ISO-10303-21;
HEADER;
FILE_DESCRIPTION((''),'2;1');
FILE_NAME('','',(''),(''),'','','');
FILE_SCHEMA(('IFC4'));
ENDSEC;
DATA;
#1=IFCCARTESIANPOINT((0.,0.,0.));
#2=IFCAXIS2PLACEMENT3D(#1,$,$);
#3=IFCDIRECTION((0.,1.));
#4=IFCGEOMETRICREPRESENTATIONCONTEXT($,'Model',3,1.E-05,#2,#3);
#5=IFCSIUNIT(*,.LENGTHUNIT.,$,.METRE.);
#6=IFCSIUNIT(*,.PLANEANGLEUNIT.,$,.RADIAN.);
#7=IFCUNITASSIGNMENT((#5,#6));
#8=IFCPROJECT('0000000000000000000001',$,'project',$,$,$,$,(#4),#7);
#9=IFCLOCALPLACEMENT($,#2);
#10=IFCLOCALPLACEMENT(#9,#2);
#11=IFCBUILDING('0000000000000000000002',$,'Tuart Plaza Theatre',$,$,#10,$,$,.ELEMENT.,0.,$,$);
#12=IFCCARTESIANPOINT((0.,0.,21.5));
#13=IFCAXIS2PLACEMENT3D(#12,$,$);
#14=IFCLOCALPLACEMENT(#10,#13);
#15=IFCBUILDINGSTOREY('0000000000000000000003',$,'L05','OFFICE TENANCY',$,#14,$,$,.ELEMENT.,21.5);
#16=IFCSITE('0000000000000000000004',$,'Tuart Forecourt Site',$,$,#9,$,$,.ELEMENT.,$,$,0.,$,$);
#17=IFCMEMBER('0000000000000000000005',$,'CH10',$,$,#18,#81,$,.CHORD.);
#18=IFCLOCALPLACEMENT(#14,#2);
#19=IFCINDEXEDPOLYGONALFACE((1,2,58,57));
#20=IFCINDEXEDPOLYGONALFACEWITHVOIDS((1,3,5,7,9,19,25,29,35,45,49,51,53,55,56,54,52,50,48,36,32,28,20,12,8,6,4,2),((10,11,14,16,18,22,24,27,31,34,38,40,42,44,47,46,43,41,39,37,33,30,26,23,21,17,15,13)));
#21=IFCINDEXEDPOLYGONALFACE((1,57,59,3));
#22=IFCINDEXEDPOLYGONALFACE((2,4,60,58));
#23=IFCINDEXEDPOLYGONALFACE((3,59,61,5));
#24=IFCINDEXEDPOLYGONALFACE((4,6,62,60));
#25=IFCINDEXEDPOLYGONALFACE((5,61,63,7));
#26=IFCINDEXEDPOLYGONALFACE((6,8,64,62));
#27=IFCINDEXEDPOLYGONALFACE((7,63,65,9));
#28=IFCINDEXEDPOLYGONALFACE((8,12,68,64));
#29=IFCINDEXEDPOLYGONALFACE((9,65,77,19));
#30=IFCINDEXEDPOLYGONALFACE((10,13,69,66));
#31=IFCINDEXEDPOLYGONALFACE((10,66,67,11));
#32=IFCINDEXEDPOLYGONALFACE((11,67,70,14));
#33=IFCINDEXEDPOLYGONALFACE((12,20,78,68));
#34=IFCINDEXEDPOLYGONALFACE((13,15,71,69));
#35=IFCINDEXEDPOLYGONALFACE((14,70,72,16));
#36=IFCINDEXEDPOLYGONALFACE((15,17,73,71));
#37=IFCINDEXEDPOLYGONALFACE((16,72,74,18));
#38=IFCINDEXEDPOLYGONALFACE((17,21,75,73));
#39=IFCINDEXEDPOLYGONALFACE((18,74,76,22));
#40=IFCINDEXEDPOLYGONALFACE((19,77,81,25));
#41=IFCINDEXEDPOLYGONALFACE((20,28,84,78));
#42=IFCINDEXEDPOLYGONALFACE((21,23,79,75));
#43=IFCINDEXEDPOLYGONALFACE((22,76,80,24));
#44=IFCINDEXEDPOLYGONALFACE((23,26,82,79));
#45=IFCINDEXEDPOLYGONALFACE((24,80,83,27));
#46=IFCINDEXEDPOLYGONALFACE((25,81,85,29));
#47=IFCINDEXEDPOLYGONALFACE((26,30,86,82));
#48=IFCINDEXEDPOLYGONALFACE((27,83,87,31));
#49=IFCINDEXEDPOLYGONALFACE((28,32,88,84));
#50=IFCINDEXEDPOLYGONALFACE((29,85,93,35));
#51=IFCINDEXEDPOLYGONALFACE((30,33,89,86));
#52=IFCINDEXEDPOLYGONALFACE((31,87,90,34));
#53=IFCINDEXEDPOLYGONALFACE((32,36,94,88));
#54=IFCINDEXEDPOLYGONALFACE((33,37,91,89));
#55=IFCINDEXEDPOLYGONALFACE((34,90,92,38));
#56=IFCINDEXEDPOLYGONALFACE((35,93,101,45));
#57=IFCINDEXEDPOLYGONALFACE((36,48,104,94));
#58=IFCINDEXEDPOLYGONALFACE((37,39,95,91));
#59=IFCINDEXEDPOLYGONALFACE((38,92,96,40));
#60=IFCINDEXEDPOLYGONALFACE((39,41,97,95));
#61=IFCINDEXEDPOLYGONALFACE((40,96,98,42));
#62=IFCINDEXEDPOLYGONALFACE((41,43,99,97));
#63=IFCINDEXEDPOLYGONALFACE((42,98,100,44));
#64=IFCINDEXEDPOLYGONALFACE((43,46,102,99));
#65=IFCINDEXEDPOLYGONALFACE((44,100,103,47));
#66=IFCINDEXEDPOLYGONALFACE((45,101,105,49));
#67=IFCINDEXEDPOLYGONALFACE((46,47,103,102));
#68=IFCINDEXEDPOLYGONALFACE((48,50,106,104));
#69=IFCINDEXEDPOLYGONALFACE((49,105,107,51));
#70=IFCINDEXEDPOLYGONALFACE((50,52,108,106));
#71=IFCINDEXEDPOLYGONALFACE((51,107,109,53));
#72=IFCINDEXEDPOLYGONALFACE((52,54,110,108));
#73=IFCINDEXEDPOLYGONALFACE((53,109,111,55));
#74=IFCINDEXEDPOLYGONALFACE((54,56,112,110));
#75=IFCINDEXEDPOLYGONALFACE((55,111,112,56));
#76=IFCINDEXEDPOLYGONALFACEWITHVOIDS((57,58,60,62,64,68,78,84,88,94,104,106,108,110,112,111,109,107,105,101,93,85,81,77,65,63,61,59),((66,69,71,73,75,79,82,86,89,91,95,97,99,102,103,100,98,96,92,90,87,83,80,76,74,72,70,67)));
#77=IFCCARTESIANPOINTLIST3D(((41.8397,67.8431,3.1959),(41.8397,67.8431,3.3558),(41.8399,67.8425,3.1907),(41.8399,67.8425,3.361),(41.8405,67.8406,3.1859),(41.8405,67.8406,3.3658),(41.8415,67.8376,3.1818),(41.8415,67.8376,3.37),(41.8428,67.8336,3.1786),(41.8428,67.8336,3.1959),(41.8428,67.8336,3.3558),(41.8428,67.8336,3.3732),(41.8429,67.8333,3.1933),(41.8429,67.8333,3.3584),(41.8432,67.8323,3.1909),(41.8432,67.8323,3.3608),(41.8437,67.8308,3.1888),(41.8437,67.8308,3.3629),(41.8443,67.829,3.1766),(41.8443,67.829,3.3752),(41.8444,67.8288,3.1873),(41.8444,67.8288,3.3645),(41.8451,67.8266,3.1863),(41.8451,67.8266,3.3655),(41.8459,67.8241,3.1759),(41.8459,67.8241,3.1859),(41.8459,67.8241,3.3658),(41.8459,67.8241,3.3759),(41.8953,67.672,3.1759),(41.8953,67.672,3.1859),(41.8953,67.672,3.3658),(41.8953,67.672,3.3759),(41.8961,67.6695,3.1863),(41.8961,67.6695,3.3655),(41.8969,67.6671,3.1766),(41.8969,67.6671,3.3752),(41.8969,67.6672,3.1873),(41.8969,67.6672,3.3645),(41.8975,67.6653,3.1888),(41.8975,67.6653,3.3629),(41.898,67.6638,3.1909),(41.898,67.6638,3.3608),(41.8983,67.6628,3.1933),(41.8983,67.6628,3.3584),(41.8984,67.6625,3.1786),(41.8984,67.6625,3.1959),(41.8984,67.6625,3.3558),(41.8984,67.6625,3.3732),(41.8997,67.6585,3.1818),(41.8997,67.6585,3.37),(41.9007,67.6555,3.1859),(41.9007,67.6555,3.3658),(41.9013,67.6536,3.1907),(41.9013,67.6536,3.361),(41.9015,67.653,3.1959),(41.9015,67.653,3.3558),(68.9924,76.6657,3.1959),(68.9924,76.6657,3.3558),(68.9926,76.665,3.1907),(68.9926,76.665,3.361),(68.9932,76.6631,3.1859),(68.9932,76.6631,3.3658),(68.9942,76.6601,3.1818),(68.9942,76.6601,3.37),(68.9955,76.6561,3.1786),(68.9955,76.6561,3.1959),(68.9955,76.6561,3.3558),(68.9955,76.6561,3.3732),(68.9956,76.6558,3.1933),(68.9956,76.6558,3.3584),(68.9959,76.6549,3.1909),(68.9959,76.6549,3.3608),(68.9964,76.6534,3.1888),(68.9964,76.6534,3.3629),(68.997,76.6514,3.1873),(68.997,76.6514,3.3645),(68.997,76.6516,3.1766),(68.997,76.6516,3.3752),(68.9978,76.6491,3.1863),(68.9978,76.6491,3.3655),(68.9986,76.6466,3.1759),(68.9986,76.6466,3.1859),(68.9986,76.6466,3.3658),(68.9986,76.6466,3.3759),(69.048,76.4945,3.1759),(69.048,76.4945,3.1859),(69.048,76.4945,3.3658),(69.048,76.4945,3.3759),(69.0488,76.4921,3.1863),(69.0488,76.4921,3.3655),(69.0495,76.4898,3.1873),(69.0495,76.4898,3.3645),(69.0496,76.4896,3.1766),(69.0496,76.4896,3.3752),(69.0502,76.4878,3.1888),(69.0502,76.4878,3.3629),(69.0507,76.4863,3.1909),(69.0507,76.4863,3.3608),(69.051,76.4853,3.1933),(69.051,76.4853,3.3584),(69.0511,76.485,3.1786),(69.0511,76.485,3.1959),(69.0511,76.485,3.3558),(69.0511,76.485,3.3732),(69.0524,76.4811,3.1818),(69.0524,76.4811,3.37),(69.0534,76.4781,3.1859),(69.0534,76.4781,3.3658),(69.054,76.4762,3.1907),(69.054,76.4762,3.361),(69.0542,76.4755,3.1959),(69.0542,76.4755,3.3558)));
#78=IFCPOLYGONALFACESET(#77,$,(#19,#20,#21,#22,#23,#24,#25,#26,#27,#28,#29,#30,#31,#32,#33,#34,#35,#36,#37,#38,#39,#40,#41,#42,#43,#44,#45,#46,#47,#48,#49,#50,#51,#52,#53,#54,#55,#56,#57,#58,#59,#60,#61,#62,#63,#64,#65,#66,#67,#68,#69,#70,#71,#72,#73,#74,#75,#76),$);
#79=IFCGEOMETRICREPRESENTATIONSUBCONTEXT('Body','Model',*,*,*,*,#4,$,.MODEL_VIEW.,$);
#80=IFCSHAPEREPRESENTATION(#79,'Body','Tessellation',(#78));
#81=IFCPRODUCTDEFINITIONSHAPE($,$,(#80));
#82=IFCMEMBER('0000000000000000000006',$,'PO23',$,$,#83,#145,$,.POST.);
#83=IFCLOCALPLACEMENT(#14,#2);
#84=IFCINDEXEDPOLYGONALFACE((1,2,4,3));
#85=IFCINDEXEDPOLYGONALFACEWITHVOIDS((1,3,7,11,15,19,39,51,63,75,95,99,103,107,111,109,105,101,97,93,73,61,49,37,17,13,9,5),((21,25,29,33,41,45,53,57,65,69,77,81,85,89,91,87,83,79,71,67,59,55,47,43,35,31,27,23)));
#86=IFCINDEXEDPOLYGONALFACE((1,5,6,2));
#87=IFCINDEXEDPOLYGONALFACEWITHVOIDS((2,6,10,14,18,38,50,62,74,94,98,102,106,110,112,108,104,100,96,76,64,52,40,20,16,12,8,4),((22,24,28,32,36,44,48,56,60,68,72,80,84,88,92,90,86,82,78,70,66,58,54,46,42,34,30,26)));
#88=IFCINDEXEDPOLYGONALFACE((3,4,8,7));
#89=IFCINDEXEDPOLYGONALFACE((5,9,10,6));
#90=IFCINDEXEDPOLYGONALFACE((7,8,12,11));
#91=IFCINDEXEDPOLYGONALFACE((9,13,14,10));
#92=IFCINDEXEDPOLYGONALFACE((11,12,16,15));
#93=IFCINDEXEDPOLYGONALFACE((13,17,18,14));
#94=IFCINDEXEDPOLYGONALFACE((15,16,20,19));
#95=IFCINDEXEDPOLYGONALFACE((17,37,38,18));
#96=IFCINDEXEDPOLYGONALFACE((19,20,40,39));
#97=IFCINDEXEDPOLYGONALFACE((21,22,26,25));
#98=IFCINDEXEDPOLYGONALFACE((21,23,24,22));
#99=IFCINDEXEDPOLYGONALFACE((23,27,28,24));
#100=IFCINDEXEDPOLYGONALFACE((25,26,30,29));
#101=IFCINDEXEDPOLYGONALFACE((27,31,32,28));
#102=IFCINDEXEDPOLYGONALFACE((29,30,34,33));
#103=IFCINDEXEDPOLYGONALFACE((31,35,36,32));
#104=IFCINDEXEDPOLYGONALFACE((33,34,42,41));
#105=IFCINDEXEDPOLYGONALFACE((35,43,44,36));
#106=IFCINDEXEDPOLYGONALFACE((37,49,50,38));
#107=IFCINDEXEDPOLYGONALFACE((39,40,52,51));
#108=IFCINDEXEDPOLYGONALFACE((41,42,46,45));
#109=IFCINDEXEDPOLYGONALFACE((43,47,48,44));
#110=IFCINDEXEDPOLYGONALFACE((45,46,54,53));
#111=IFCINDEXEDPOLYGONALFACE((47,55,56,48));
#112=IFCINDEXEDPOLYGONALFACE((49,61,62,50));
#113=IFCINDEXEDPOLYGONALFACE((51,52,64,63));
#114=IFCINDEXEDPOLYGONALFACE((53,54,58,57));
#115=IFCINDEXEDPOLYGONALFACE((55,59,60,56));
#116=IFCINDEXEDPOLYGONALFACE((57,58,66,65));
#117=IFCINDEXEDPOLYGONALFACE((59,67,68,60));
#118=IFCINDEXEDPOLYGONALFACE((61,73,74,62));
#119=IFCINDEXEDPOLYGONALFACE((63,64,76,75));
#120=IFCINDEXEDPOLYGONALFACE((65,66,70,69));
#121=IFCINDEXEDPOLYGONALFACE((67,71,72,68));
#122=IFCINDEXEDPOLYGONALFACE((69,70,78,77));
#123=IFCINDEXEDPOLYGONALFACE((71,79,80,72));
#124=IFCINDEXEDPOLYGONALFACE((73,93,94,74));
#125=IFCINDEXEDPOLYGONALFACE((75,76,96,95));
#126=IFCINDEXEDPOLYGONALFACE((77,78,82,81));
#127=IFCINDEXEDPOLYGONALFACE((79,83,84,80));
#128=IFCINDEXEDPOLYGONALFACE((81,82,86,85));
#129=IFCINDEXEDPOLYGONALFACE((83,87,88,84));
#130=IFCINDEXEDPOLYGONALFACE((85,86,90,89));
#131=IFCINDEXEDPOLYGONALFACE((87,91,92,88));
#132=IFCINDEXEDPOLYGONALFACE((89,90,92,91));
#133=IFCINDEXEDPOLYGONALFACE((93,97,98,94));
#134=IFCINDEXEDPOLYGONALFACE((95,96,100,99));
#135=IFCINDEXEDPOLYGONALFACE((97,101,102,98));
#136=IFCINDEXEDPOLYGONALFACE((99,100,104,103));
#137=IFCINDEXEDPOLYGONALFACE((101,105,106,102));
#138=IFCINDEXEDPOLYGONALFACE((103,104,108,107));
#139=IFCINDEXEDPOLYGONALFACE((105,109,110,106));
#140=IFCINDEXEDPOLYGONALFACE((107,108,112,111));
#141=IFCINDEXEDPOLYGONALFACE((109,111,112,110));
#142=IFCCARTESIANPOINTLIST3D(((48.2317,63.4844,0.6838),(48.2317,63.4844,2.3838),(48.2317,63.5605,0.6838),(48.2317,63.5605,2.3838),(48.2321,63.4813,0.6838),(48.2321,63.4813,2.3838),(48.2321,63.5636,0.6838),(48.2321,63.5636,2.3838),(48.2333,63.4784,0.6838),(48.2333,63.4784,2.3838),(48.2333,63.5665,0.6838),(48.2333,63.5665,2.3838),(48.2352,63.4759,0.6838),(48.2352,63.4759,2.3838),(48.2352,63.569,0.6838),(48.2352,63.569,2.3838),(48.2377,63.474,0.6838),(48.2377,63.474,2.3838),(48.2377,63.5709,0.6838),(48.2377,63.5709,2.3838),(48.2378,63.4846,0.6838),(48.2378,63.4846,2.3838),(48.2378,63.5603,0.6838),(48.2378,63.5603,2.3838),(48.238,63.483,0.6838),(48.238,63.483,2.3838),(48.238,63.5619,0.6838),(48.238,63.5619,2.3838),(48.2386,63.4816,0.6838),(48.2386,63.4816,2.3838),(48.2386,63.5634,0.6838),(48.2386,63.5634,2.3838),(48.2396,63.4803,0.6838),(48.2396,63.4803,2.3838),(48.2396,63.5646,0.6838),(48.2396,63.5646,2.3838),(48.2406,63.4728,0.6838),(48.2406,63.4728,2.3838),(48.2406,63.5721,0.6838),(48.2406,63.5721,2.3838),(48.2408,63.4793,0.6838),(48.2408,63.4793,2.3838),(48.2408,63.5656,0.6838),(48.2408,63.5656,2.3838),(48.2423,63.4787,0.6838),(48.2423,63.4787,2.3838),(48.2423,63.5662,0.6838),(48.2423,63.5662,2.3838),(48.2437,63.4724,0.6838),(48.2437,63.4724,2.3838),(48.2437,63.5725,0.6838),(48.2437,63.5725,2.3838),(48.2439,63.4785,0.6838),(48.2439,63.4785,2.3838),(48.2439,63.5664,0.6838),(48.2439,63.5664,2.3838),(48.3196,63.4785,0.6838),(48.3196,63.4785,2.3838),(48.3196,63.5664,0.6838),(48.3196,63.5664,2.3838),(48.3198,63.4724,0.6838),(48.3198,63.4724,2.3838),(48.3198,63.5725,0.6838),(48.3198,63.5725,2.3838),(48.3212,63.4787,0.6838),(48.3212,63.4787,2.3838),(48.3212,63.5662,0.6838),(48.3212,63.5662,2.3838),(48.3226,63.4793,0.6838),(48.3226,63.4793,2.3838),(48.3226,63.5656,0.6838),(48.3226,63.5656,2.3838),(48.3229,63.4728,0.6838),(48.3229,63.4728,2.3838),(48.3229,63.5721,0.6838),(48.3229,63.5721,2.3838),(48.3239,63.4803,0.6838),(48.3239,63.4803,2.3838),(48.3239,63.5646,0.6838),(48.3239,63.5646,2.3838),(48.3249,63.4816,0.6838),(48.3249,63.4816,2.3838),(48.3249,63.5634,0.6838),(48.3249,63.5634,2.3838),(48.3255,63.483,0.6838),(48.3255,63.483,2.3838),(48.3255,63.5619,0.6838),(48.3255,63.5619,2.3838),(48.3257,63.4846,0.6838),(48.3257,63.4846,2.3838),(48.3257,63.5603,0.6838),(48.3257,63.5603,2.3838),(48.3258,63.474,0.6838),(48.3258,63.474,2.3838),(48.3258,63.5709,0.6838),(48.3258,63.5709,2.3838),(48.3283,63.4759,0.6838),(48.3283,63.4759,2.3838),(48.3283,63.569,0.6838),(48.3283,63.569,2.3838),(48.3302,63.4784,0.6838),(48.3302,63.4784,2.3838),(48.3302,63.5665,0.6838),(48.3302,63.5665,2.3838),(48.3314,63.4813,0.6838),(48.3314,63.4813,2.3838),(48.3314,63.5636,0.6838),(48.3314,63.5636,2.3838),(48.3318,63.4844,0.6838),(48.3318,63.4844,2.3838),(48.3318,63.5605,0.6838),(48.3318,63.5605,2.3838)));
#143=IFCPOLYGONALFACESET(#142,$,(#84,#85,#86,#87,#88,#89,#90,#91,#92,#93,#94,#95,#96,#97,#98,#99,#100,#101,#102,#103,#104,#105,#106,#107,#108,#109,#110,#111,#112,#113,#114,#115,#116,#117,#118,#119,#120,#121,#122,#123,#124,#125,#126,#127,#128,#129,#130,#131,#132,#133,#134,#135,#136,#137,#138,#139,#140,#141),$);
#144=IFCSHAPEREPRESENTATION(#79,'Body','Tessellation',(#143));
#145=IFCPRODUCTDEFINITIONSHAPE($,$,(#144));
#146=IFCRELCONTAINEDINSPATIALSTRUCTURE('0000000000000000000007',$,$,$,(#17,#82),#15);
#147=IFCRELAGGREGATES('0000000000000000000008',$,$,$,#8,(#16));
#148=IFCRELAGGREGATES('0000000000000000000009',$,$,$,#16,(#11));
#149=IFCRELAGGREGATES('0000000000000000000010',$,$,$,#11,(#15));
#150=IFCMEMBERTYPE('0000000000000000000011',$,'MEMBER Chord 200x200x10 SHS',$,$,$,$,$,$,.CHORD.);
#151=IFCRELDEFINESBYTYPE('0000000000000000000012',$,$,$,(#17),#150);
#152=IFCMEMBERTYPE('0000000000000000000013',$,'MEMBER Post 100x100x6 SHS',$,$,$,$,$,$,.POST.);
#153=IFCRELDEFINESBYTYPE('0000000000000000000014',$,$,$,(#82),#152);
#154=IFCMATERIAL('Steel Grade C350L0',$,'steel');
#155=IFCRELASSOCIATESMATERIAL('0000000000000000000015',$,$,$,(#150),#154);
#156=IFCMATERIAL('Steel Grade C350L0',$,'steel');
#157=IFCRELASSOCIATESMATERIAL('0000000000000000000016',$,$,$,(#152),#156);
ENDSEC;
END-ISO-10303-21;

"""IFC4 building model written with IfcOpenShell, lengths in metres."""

from ifc_helpers import new_model, si_unit, direction, frame, origin, origin_2d, place, context, subcontext, project, spatial, hollow_rectangle, extrude, material, material_profile, profile_set, type_object, element, save


model = new_model("IFC4")

# Units and contexts
model_context = context("Model", 3, precision=1e-05, world=origin(), true_north=direction((0.0, 1.0)))
body_context = subcontext(model_context, "Body", "Model", "MODEL_VIEW")
ifc_project = project(units=[si_unit("LENGTHUNIT", "METRE"), si_unit("PLANEANGLEUNIT", "RADIAN")], contexts=[model_context])

# Site, building, storey
site_placement = place(None, origin())
site = spatial("IfcSite", under=ifc_project, at=site_placement, Name="Tuart Forecourt Site", CompositionType="ELEMENT", RefElevation=0.0)
building_placement = place(site_placement, origin())
building = spatial("IfcBuilding", under=site, at=building_placement, Name="Tuart Plaza Theatre", CompositionType="ELEMENT", ElevationOfRefHeight=0.0)
storey_placement = place(building_placement, frame((0.0, 0.0, 21.5)))
storey = spatial("IfcBuildingStorey", under=building, at=storey_placement, Name="L05", Description="OFFICE TENANCY", CompositionType="ELEMENT", Elevation=21.5)

# Members
ifc_material_1 = material(Name="Steel Grade C350L0", Category="steel")
ifc_material_profile_1 = material_profile(ifc_material_1, hollow_rectangle(XDim=0.2, YDim=0.2, WallThickness=0.01, InnerFilletRadius=0.01, OuterFilletRadius=0.02, at=origin_2d()), Name="200x200x10 SHS")
ifc_profile_set_1 = profile_set([ifc_material_profile_1], Name="Steel Grade C350L0")
member_type_1 = type_object("IfcMemberType", Name="MEMBER Chord 200x200x10 SHS", PredefinedType="CHORD", material=ifc_profile_set_1)
for number, where, z_axis, x_axis, name in (
    (1, (41.8706, 67.748, 3.2759), (0.951055, 0.30902, 0.0), (-0.30902, 0.951055, 0.0), "CH10"),
):
    element("IfcMember", number, at=place(storey_placement, frame(where, z_axis=z_axis, x_axis=x_axis)), inside=storey, type_object=member_type_1, Name=name, PredefinedType="CHORD", context=body_context, shape_type="SweptSolid", body=[
        extrude(hollow_rectangle(XDim=0.2, YDim=0.2, WallThickness=0.01, InnerFilletRadius=0.01, OuterFilletRadius=0.02, at=origin_2d()), origin(), (0.0, 0.0, 1.0), 28.55),
    ])
ifc_material_2 = material(Name="Steel Grade C350L0", Category="steel")
ifc_material_profile_2 = material_profile(ifc_material_2, hollow_rectangle(XDim=0.1001, YDim=0.1001, WallThickness=0.0061, InnerFilletRadius=0.0061, OuterFilletRadius=0.012, at=origin_2d()), Name="100x100x6 SHS")
ifc_profile_set_2 = profile_set([ifc_material_profile_2], Name="Steel Grade C350L0")
member_type_2 = type_object("IfcMemberType", Name="MEMBER Post 100x100x6 SHS", PredefinedType="POST", material=ifc_profile_set_2)
member_1_placement = place(storey_placement, frame((48.2817, 63.5225, 0.6838), z_axis=(0.0, 0.0, 1.0), x_axis=(1.0, 0.0, 0.0)))
element("IfcMember", 2, at=member_1_placement, inside=storey, type_object=member_type_2, Name="PO23", PredefinedType="POST", context=body_context, shape_type="SweptSolid", body=[
    extrude(hollow_rectangle(XDim=0.1001, YDim=0.1001, WallThickness=0.0061, InnerFilletRadius=0.0061, OuterFilletRadius=0.012, at=origin_2d()), origin(), (0.0, 0.0, 1.0), 1.7),
])

save(model, "model.ifc")
